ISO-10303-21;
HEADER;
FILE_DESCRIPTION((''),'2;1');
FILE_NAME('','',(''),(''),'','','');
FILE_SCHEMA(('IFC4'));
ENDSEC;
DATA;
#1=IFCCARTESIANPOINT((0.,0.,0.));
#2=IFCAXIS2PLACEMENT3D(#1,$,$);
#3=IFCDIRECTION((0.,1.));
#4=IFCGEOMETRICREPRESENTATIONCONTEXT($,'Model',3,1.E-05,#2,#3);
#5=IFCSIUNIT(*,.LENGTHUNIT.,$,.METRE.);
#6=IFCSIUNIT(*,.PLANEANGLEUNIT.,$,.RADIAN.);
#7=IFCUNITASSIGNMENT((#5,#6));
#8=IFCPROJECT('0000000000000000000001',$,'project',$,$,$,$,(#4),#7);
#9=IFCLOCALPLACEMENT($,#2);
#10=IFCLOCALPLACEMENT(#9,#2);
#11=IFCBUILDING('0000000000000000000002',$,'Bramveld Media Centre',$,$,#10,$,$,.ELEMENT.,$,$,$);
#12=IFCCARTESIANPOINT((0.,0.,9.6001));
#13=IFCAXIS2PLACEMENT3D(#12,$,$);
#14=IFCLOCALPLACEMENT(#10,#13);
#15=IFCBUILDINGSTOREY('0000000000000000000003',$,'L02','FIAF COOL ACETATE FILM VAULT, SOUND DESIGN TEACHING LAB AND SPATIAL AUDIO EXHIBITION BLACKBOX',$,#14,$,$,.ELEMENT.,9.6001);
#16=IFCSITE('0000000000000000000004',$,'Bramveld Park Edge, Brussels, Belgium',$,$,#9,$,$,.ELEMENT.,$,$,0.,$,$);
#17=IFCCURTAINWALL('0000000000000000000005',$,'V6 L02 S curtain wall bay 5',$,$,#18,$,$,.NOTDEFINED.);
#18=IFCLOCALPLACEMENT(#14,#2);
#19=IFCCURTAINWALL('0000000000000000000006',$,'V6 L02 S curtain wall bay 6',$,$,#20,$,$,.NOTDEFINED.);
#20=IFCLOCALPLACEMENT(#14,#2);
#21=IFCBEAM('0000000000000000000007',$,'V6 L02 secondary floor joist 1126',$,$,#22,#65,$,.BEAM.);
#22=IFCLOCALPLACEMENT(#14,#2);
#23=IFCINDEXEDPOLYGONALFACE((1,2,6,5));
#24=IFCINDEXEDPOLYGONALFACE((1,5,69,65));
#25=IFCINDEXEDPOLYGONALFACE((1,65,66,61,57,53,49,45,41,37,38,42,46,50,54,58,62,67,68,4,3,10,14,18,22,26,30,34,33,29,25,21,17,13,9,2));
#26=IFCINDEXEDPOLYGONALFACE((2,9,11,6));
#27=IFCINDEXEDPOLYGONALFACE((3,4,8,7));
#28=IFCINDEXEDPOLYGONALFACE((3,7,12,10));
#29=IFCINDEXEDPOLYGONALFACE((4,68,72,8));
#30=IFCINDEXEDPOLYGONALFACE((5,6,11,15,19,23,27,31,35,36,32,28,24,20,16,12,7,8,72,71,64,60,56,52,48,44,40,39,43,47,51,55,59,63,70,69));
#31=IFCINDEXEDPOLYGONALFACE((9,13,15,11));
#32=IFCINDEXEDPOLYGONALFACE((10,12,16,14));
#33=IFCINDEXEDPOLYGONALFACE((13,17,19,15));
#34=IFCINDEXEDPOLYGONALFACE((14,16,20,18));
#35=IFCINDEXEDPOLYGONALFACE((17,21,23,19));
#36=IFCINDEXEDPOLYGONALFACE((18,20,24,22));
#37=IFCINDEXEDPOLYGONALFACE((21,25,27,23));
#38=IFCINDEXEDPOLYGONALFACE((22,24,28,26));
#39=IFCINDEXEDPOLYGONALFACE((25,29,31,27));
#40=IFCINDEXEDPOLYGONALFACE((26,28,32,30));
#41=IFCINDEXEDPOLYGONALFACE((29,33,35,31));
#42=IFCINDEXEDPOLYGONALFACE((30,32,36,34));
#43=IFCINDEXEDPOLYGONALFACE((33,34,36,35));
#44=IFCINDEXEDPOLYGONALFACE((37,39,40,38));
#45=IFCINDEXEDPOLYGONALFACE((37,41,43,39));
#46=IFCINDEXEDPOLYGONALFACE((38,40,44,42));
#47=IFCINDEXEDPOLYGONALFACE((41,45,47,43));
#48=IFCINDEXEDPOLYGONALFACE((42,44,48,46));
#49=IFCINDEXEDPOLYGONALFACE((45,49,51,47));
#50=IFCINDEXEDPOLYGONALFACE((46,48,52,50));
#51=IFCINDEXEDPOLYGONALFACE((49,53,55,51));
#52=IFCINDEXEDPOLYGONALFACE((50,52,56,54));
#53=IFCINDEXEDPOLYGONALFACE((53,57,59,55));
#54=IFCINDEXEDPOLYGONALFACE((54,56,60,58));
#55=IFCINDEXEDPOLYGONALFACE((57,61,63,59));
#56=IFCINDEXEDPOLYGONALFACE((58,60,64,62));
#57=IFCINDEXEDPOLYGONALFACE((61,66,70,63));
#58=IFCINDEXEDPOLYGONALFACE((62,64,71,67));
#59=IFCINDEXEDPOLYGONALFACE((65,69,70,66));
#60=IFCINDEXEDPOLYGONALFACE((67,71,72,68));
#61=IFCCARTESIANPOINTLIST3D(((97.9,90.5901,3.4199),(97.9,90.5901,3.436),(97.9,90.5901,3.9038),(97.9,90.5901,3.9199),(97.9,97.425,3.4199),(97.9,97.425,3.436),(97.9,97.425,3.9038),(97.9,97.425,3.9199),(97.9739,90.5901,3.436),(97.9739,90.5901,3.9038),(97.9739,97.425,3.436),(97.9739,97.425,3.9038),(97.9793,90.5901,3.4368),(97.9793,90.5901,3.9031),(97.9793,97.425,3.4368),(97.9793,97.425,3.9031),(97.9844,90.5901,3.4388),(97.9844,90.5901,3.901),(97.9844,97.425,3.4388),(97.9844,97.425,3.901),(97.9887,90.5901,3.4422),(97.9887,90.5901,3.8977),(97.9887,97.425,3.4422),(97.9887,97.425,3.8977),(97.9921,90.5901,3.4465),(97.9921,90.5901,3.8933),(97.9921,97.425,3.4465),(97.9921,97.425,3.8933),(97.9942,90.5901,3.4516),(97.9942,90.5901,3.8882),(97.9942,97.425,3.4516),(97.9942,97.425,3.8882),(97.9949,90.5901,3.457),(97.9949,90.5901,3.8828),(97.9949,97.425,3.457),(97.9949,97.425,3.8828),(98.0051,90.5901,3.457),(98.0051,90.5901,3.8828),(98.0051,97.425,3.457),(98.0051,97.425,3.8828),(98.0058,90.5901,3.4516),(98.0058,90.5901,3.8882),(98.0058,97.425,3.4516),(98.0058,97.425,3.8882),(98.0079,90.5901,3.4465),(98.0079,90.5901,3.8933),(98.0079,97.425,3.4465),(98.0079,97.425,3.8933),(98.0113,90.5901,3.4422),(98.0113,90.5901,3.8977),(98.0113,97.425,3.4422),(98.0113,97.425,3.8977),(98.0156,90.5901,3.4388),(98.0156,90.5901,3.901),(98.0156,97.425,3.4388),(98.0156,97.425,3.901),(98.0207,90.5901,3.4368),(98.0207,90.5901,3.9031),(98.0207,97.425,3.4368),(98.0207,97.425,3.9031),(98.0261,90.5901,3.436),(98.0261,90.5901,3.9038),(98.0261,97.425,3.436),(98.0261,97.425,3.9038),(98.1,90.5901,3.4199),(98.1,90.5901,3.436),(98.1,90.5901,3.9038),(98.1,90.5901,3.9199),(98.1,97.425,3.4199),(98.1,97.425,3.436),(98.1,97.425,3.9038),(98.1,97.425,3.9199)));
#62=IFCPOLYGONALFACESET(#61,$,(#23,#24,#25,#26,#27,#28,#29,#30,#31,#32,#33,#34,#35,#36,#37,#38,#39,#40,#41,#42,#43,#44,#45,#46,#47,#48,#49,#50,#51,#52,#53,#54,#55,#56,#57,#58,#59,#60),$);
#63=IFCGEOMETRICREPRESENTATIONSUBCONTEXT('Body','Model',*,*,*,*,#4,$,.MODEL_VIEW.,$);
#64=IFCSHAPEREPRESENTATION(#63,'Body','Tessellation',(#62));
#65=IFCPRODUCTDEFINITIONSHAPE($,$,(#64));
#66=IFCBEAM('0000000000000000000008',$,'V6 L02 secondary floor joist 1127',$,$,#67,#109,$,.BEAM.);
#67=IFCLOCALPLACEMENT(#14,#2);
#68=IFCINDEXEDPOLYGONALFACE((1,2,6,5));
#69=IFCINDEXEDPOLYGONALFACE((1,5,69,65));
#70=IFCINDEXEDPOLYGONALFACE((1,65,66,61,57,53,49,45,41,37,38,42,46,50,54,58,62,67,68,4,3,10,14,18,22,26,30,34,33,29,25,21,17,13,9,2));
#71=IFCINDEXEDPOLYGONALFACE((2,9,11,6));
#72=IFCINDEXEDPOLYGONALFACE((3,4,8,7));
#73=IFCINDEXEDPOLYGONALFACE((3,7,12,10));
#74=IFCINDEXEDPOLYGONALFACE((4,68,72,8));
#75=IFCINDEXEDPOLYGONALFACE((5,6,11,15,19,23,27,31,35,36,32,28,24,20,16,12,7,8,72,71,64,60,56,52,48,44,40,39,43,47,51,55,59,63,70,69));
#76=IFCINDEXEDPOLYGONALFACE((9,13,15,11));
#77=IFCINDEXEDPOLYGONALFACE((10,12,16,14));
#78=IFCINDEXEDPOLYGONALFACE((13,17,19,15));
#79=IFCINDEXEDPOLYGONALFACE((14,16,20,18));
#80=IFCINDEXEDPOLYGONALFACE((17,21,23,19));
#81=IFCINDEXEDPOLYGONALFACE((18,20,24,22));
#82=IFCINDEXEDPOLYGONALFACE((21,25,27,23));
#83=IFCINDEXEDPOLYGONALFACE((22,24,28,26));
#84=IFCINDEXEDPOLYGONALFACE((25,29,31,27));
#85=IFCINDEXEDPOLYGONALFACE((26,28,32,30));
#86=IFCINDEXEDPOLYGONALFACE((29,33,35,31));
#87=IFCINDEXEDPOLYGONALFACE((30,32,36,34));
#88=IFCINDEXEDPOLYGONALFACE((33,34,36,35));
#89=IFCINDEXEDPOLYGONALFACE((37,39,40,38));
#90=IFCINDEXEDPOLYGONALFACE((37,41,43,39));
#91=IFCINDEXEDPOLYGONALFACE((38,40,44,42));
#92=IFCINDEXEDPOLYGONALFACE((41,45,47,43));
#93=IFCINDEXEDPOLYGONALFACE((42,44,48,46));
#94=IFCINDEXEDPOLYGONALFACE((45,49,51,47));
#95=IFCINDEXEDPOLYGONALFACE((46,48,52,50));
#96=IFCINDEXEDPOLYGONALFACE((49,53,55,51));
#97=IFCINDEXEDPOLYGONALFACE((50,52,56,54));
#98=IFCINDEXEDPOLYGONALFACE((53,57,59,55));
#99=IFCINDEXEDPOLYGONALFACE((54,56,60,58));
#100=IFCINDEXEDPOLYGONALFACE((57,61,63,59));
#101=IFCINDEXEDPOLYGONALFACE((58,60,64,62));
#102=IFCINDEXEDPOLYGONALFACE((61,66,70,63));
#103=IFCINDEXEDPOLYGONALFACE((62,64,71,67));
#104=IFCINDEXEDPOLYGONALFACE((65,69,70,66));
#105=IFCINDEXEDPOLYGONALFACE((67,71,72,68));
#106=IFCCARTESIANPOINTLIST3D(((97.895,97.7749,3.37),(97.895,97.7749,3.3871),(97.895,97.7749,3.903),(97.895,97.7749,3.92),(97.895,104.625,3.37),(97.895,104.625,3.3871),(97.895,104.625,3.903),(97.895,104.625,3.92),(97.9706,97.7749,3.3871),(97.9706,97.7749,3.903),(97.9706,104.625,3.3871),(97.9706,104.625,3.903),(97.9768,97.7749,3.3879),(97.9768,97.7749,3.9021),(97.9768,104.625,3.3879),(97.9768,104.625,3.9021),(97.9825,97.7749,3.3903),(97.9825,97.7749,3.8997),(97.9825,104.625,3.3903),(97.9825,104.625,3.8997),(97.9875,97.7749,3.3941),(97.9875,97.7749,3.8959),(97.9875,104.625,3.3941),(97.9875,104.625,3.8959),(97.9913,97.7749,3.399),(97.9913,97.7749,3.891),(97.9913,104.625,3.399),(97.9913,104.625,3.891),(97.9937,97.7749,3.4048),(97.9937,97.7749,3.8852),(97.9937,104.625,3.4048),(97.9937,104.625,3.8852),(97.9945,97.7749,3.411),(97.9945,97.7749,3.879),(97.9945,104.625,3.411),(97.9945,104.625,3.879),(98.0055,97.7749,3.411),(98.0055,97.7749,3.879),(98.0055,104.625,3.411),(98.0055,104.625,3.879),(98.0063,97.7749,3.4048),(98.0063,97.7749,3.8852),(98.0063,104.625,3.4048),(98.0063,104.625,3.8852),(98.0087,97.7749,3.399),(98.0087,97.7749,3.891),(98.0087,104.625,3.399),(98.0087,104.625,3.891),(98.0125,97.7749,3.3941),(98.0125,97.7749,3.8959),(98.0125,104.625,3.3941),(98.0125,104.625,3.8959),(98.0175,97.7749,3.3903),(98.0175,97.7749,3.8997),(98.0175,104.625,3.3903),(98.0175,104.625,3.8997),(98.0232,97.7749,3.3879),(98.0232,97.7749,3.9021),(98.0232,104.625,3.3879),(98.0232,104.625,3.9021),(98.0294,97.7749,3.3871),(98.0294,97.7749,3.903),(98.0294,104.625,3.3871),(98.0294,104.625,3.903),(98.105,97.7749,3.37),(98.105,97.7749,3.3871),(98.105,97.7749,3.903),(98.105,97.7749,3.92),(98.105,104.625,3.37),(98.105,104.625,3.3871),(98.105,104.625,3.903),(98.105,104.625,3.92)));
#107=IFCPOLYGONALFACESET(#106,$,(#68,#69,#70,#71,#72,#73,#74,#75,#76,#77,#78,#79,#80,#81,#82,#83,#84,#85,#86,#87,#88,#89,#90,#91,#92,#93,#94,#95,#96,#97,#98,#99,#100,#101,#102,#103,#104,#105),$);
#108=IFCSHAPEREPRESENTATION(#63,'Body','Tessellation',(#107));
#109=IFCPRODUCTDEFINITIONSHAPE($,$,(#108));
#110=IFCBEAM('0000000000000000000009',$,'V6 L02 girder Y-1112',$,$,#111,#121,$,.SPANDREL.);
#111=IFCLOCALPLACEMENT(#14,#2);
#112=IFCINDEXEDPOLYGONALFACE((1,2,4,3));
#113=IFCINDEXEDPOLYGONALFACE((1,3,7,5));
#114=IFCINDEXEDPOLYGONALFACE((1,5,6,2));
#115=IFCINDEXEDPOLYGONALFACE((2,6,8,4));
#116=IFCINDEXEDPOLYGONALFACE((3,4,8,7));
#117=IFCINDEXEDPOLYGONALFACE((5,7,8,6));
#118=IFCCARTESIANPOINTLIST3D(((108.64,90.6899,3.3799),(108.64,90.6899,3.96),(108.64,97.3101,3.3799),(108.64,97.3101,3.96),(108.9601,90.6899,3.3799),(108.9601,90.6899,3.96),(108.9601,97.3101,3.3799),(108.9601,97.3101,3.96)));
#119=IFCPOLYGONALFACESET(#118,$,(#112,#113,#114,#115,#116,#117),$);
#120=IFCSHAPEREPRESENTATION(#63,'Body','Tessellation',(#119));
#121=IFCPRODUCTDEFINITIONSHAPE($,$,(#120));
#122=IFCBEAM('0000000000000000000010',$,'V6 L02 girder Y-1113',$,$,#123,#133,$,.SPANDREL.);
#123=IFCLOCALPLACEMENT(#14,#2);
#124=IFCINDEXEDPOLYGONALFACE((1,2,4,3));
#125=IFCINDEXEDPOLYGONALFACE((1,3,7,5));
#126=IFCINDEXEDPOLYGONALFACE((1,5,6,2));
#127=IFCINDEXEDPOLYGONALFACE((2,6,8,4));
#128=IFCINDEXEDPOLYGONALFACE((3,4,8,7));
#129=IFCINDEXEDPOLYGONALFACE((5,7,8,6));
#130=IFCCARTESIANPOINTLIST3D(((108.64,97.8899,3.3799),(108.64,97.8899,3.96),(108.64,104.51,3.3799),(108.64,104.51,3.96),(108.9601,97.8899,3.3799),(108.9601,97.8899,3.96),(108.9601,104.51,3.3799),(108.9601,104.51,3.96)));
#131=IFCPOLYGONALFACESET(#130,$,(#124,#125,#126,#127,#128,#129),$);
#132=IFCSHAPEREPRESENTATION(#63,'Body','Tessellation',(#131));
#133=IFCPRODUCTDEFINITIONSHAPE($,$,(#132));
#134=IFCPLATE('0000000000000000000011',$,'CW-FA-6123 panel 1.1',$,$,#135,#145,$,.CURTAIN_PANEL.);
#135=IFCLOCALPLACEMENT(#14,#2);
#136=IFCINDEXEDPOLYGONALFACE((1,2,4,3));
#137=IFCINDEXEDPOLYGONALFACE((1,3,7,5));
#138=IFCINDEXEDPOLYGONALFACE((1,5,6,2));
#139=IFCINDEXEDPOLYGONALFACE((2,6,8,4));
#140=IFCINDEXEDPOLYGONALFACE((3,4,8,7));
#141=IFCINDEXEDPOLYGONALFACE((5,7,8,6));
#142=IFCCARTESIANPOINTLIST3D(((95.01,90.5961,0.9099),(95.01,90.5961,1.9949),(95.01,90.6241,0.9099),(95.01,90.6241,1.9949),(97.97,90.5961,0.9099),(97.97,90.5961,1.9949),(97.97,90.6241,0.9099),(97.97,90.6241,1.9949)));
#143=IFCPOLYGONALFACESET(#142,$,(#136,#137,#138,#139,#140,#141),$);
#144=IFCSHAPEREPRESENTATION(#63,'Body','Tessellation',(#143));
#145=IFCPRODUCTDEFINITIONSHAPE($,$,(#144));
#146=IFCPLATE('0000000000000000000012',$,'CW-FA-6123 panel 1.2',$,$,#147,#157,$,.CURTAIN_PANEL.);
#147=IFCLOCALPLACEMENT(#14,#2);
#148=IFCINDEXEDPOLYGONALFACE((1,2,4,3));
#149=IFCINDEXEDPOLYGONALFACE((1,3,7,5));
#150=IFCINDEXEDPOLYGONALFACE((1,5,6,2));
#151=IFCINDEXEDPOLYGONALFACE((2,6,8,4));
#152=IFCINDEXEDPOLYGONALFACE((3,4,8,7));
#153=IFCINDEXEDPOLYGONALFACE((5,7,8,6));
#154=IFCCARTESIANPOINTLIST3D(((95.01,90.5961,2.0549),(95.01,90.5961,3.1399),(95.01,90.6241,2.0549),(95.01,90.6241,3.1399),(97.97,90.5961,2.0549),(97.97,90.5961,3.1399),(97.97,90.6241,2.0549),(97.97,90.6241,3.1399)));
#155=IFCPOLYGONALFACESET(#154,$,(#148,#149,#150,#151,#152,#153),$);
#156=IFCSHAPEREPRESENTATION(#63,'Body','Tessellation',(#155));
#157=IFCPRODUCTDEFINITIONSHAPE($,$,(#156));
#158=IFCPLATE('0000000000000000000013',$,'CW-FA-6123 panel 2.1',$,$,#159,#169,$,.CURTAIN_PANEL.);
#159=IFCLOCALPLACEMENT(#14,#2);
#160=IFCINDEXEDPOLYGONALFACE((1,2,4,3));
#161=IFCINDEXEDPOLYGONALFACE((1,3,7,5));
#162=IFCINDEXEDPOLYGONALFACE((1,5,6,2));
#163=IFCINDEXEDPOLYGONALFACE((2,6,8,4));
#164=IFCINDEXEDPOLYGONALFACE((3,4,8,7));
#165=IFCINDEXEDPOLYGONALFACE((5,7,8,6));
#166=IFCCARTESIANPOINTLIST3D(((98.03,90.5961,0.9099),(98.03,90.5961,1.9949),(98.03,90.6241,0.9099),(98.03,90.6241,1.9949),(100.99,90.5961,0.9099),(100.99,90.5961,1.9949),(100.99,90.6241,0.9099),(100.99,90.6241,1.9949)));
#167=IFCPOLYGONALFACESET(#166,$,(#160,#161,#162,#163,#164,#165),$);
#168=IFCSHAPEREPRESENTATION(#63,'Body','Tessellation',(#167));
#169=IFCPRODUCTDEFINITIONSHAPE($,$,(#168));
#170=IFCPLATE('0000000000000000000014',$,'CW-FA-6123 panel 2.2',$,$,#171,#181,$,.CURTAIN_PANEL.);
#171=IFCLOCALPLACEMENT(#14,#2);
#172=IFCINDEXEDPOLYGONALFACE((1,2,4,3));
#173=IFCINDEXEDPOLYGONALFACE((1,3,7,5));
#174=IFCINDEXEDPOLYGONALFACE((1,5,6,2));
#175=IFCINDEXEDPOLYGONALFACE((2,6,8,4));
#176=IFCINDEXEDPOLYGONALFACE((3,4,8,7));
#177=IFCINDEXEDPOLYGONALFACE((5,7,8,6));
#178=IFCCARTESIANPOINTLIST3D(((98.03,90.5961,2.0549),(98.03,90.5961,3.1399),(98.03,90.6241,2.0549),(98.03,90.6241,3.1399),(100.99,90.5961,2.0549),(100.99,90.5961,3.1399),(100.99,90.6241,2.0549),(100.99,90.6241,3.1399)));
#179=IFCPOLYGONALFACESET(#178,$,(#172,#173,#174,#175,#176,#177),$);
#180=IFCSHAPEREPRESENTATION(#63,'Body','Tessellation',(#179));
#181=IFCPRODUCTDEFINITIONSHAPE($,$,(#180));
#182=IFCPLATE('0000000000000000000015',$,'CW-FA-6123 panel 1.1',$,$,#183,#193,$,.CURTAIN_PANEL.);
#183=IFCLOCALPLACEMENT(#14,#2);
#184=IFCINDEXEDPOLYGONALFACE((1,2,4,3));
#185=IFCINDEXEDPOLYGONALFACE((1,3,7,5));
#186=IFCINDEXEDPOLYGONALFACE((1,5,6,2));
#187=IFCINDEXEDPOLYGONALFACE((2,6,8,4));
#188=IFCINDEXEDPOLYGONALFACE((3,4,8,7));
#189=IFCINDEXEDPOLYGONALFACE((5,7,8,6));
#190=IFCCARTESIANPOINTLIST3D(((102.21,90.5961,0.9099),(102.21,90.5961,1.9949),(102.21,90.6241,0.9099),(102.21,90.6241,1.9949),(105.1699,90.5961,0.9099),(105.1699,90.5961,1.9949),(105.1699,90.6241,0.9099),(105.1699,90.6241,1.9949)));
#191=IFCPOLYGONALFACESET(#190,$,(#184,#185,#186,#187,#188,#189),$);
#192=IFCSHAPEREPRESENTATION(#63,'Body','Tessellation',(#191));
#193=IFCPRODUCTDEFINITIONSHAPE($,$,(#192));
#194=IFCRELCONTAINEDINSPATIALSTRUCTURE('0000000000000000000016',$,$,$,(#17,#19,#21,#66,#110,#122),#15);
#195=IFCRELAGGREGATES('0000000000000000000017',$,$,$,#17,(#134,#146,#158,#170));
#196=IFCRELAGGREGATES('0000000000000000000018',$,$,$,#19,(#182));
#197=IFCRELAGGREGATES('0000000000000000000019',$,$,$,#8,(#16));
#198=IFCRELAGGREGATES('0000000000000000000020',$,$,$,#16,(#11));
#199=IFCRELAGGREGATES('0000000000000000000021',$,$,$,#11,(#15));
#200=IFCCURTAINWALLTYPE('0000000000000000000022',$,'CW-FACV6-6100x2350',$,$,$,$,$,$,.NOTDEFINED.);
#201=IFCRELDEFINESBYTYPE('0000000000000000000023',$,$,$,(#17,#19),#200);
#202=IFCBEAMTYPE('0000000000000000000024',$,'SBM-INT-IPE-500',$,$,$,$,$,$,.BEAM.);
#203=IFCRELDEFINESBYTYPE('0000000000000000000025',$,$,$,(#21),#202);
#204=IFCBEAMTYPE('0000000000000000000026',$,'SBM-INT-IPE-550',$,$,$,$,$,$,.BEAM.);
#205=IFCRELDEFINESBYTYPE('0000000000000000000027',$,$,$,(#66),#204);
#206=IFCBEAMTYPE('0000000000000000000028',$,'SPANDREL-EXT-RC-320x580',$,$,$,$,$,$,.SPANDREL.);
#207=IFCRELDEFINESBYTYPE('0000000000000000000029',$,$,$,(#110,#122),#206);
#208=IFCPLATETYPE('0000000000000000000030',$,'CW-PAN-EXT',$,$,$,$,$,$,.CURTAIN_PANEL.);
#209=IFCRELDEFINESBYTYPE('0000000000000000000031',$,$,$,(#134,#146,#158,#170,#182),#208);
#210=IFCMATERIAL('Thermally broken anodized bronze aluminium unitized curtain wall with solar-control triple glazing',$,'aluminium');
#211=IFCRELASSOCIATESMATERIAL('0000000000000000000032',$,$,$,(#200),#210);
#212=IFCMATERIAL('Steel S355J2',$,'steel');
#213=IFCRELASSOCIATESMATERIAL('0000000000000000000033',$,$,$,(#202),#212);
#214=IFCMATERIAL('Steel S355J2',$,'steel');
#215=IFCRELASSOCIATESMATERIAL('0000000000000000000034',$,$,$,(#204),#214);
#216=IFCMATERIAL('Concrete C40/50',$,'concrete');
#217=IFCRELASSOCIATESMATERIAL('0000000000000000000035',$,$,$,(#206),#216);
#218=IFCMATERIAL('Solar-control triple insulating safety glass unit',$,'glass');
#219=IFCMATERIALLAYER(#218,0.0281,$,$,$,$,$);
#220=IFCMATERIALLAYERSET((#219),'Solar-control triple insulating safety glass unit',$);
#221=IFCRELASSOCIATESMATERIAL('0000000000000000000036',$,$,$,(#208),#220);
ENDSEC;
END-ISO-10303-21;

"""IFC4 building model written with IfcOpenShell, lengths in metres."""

from ifc_helpers import new_model, si_unit, direction, frame, origin, origin_2d, place, context, subcontext, project, spatial, rectangle, i_section, extrude, material, layer, layer_set, material_profile, profile_set, type_object, element, aggregate, save


model = new_model("IFC4")

# Units and contexts
model_context = context("Model", 3, precision=1e-05, world=origin(), true_north=direction((0.0, 1.0)))
body_context = subcontext(model_context, "Body", "Model", "MODEL_VIEW")
ifc_project = project(units=[si_unit("LENGTHUNIT", "METRE"), si_unit("PLANEANGLEUNIT", "RADIAN")], contexts=[model_context])

# Site, building, storey
site_placement = place(None, origin())
site = spatial("IfcSite", under=ifc_project, at=site_placement, Name="Bramveld Park Edge, Brussels, Belgium", CompositionType="ELEMENT", RefElevation=0.0)
building_placement = place(site_placement, origin())
building = spatial("IfcBuilding", under=site, at=building_placement, Name="Bramveld Media Centre", CompositionType="ELEMENT")
storey_placement = place(building_placement, frame((0.0, 0.0, 9.6001)))
storey = spatial("IfcBuildingStorey", under=building, at=storey_placement, Name="L02", Description="FIAF COOL ACETATE FILM VAULT, SOUND DESIGN TEACHING LAB AND SPATIAL AUDIO EXHIBITION BLACKBOX", CompositionType="ELEMENT", Elevation=9.6001)

# Curtain walls
ifc_material_1 = material(Name="Thermally broken anodized bronze aluminium unitized curtain wall with solar-control triple glazing", Category="aluminium")
curtain_wall_type = type_object("IfcCurtainWallType", Name="CW-FACV6-6100x2350", PredefinedType="NOTDEFINED", material=ifc_material_1)
curtain_wall_1_placement = place(storey_placement, origin())
curtain_wall_1 = element("IfcCurtainWall", 1, at=curtain_wall_1_placement, inside=storey, type_object=curtain_wall_type, Name="V6 L02 S curtain wall bay 5", PredefinedType="NOTDEFINED")
curtain_wall_2_placement = place(storey_placement, origin())
curtain_wall_2 = element("IfcCurtainWall", 2, at=curtain_wall_2_placement, inside=storey, type_object=curtain_wall_type, Name="V6 L02 S curtain wall bay 6", PredefinedType="NOTDEFINED")

# Beams
ifc_material_2 = material(Name="Steel S355J2", Category="steel")
ifc_material_profile_1 = material_profile(ifc_material_2, i_section(OverallWidth=0.2, OverallDepth=0.5, WebThickness=0.0103, FlangeThickness=0.0161, FilletRadius=0.021, at=origin_2d()), Name="IPE 500")
ifc_profile_set_1 = profile_set([ifc_material_profile_1], Name="Steel S355J2")
beam_type_1 = type_object("IfcBeamType", Name="SBM-INT-IPE-500", PredefinedType="BEAM", material=ifc_profile_set_1)
beam_1_placement = place(storey_placement, frame((98.0, 90.5901, 3.6699), z_axis=(0.0, 1.0, 0.0), x_axis=(-1.0, 0.0, 0.0)))
element("IfcBeam", 3, at=beam_1_placement, inside=storey, type_object=beam_type_1, Name="V6 L02 secondary floor joist 1126", PredefinedType="BEAM", context=body_context, shape_type="SweptSolid", body=[
    extrude(i_section(OverallWidth=0.2, OverallDepth=0.5, WebThickness=0.0103, FlangeThickness=0.0161, FilletRadius=0.021, at=origin_2d()), origin(), (0.0, 0.0, 1.0), 6.835),
])
ifc_material_3 = material(Name="Steel S355J2", Category="steel")
ifc_material_profile_2 = material_profile(ifc_material_3, i_section(OverallWidth=0.21, OverallDepth=0.55, WebThickness=0.011, FlangeThickness=0.0171, FilletRadius=0.0239, at=origin_2d()), Name="IPE 550")
ifc_profile_set_2 = profile_set([ifc_material_profile_2], Name="Steel S355J2")
beam_type_2 = type_object("IfcBeamType", Name="SBM-INT-IPE-550", PredefinedType="BEAM", material=ifc_profile_set_2)
beam_2_placement = place(storey_placement, frame((98.0, 97.7749, 3.645), z_axis=(0.0, 1.0, 0.0), x_axis=(-1.0, 0.0, 0.0)))
element("IfcBeam", 4, at=beam_2_placement, inside=storey, type_object=beam_type_2, Name="V6 L02 secondary floor joist 1127", PredefinedType="BEAM", context=body_context, shape_type="SweptSolid", body=[
    extrude(i_section(OverallWidth=0.21, OverallDepth=0.55, WebThickness=0.011, FlangeThickness=0.0171, FilletRadius=0.0239, at=origin_2d()), origin(), (0.0, 0.0, 1.0), 6.8501),
])
ifc_material_4 = material(Name="Concrete C40/50", Category="concrete")
ifc_material_profile_3 = material_profile(ifc_material_4, rectangle(XDim=0.3201, YDim=0.5801, at=origin_2d()), Name="RC 320x580")
ifc_profile_set_3 = profile_set([ifc_material_profile_3], Name="Concrete C40/50")
beam_type_3 = type_object("IfcBeamType", Name="SPANDREL-EXT-RC-320x580", PredefinedType="SPANDREL", material=ifc_profile_set_3)
for number, where, z_axis, x_axis, name in (
    (5, (108.8, 90.6899, 3.6699), (0.0, 1.0, 0.0), (-1.0, 0.0, 0.0), "V6 L02 girder Y-1112"),
    (6, (108.8, 97.8899, 3.6699), (0.0, 1.0, 0.0), (-1.0, 0.0, 0.0), "V6 L02 girder Y-1113"),
):
    element("IfcBeam", number, at=place(storey_placement, frame(where, z_axis=z_axis, x_axis=x_axis)), inside=storey, type_object=beam_type_3, Name=name, PredefinedType="SPANDREL", context=body_context, shape_type="SweptSolid", body=[
        extrude(rectangle(XDim=0.3201, YDim=0.5801, at=origin_2d()), origin(), (0.0, 0.0, 1.0), 6.6201),
    ])

# Plates
ifc_material_5 = material(Name="Solar-control triple insulating safety glass unit", Category="glass")
ifc_layer_1 = layer(ifc_material_5, 0.0281)
ifc_layer_set_1 = layer_set([ifc_layer_1], Name="Solar-control triple insulating safety glass unit")
plate_type = type_object("IfcPlateType", Name="CW-PAN-EXT", PredefinedType="CURTAIN_PANEL", material=ifc_layer_set_1)
plate_1_placement = place(storey_placement, frame((96.49, 90.6101, 0.9099), z_axis=(0.0, 0.0, 1.0), x_axis=(1.0, 0.0, 0.0)))
plate_1 = element("IfcPlate", 7, at=plate_1_placement, type_object=plate_type, Name="CW-FA-6123 panel 1.1", PredefinedType="CURTAIN_PANEL", context=body_context, shape_type="SweptSolid", body=[
    extrude(rectangle(XDim=2.96, YDim=0.0281, at=origin_2d()), origin(), (0.0, 0.0, 1.0), 1.085),
])
plate_2_placement = place(storey_placement, frame((96.49, 90.6101, 2.0549), z_axis=(0.0, 0.0, 1.0), x_axis=(1.0, 0.0, 0.0)))
plate_2 = element("IfcPlate", 8, at=plate_2_placement, type_object=plate_type, Name="CW-FA-6123 panel 1.2", PredefinedType="CURTAIN_PANEL", context=body_context, shape_type="SweptSolid", body=[
    extrude(rectangle(XDim=2.96, YDim=0.0281, at=origin_2d()), origin(), (0.0, 0.0, 1.0), 1.085),
])
plate_3_placement = place(storey_placement, frame((99.51, 90.6101, 0.9099), z_axis=(0.0, 0.0, 1.0), x_axis=(1.0, 0.0, 0.0)))
plate_3 = element("IfcPlate", 9, at=plate_3_placement, type_object=plate_type, Name="CW-FA-6123 panel 2.1", PredefinedType="CURTAIN_PANEL", context=body_context, shape_type="SweptSolid", body=[
    extrude(rectangle(XDim=2.96, YDim=0.0281, at=origin_2d()), origin(), (0.0, 0.0, 1.0), 1.085),
])
plate_4_placement = place(storey_placement, frame((99.51, 90.6101, 2.0549), z_axis=(0.0, 0.0, 1.0), x_axis=(1.0, 0.0, 0.0)))
plate_4 = element("IfcPlate", 10, at=plate_4_placement, type_object=plate_type, Name="CW-FA-6123 panel 2.2", PredefinedType="CURTAIN_PANEL", context=body_context, shape_type="SweptSolid", body=[
    extrude(rectangle(XDim=2.96, YDim=0.0281, at=origin_2d()), origin(), (0.0, 0.0, 1.0), 1.085),
])
aggregate(curtain_wall_1, [plate_1, plate_2, plate_3, plate_4])
plate_5_placement = place(storey_placement, frame((103.6899, 90.6101, 0.9099), z_axis=(0.0, 0.0, 1.0), x_axis=(1.0, 0.0, 0.0)))
plate_5 = element("IfcPlate", 11, at=plate_5_placement, type_object=plate_type, Name="CW-FA-6123 panel 1.1", PredefinedType="CURTAIN_PANEL", context=body_context, shape_type="SweptSolid", body=[
    extrude(rectangle(XDim=2.96, YDim=0.0281, at=origin_2d()), origin(), (0.0, 0.0, 1.0), 1.085),
])
aggregate(curtain_wall_2, [plate_5])

save(model, "model.ifc")
